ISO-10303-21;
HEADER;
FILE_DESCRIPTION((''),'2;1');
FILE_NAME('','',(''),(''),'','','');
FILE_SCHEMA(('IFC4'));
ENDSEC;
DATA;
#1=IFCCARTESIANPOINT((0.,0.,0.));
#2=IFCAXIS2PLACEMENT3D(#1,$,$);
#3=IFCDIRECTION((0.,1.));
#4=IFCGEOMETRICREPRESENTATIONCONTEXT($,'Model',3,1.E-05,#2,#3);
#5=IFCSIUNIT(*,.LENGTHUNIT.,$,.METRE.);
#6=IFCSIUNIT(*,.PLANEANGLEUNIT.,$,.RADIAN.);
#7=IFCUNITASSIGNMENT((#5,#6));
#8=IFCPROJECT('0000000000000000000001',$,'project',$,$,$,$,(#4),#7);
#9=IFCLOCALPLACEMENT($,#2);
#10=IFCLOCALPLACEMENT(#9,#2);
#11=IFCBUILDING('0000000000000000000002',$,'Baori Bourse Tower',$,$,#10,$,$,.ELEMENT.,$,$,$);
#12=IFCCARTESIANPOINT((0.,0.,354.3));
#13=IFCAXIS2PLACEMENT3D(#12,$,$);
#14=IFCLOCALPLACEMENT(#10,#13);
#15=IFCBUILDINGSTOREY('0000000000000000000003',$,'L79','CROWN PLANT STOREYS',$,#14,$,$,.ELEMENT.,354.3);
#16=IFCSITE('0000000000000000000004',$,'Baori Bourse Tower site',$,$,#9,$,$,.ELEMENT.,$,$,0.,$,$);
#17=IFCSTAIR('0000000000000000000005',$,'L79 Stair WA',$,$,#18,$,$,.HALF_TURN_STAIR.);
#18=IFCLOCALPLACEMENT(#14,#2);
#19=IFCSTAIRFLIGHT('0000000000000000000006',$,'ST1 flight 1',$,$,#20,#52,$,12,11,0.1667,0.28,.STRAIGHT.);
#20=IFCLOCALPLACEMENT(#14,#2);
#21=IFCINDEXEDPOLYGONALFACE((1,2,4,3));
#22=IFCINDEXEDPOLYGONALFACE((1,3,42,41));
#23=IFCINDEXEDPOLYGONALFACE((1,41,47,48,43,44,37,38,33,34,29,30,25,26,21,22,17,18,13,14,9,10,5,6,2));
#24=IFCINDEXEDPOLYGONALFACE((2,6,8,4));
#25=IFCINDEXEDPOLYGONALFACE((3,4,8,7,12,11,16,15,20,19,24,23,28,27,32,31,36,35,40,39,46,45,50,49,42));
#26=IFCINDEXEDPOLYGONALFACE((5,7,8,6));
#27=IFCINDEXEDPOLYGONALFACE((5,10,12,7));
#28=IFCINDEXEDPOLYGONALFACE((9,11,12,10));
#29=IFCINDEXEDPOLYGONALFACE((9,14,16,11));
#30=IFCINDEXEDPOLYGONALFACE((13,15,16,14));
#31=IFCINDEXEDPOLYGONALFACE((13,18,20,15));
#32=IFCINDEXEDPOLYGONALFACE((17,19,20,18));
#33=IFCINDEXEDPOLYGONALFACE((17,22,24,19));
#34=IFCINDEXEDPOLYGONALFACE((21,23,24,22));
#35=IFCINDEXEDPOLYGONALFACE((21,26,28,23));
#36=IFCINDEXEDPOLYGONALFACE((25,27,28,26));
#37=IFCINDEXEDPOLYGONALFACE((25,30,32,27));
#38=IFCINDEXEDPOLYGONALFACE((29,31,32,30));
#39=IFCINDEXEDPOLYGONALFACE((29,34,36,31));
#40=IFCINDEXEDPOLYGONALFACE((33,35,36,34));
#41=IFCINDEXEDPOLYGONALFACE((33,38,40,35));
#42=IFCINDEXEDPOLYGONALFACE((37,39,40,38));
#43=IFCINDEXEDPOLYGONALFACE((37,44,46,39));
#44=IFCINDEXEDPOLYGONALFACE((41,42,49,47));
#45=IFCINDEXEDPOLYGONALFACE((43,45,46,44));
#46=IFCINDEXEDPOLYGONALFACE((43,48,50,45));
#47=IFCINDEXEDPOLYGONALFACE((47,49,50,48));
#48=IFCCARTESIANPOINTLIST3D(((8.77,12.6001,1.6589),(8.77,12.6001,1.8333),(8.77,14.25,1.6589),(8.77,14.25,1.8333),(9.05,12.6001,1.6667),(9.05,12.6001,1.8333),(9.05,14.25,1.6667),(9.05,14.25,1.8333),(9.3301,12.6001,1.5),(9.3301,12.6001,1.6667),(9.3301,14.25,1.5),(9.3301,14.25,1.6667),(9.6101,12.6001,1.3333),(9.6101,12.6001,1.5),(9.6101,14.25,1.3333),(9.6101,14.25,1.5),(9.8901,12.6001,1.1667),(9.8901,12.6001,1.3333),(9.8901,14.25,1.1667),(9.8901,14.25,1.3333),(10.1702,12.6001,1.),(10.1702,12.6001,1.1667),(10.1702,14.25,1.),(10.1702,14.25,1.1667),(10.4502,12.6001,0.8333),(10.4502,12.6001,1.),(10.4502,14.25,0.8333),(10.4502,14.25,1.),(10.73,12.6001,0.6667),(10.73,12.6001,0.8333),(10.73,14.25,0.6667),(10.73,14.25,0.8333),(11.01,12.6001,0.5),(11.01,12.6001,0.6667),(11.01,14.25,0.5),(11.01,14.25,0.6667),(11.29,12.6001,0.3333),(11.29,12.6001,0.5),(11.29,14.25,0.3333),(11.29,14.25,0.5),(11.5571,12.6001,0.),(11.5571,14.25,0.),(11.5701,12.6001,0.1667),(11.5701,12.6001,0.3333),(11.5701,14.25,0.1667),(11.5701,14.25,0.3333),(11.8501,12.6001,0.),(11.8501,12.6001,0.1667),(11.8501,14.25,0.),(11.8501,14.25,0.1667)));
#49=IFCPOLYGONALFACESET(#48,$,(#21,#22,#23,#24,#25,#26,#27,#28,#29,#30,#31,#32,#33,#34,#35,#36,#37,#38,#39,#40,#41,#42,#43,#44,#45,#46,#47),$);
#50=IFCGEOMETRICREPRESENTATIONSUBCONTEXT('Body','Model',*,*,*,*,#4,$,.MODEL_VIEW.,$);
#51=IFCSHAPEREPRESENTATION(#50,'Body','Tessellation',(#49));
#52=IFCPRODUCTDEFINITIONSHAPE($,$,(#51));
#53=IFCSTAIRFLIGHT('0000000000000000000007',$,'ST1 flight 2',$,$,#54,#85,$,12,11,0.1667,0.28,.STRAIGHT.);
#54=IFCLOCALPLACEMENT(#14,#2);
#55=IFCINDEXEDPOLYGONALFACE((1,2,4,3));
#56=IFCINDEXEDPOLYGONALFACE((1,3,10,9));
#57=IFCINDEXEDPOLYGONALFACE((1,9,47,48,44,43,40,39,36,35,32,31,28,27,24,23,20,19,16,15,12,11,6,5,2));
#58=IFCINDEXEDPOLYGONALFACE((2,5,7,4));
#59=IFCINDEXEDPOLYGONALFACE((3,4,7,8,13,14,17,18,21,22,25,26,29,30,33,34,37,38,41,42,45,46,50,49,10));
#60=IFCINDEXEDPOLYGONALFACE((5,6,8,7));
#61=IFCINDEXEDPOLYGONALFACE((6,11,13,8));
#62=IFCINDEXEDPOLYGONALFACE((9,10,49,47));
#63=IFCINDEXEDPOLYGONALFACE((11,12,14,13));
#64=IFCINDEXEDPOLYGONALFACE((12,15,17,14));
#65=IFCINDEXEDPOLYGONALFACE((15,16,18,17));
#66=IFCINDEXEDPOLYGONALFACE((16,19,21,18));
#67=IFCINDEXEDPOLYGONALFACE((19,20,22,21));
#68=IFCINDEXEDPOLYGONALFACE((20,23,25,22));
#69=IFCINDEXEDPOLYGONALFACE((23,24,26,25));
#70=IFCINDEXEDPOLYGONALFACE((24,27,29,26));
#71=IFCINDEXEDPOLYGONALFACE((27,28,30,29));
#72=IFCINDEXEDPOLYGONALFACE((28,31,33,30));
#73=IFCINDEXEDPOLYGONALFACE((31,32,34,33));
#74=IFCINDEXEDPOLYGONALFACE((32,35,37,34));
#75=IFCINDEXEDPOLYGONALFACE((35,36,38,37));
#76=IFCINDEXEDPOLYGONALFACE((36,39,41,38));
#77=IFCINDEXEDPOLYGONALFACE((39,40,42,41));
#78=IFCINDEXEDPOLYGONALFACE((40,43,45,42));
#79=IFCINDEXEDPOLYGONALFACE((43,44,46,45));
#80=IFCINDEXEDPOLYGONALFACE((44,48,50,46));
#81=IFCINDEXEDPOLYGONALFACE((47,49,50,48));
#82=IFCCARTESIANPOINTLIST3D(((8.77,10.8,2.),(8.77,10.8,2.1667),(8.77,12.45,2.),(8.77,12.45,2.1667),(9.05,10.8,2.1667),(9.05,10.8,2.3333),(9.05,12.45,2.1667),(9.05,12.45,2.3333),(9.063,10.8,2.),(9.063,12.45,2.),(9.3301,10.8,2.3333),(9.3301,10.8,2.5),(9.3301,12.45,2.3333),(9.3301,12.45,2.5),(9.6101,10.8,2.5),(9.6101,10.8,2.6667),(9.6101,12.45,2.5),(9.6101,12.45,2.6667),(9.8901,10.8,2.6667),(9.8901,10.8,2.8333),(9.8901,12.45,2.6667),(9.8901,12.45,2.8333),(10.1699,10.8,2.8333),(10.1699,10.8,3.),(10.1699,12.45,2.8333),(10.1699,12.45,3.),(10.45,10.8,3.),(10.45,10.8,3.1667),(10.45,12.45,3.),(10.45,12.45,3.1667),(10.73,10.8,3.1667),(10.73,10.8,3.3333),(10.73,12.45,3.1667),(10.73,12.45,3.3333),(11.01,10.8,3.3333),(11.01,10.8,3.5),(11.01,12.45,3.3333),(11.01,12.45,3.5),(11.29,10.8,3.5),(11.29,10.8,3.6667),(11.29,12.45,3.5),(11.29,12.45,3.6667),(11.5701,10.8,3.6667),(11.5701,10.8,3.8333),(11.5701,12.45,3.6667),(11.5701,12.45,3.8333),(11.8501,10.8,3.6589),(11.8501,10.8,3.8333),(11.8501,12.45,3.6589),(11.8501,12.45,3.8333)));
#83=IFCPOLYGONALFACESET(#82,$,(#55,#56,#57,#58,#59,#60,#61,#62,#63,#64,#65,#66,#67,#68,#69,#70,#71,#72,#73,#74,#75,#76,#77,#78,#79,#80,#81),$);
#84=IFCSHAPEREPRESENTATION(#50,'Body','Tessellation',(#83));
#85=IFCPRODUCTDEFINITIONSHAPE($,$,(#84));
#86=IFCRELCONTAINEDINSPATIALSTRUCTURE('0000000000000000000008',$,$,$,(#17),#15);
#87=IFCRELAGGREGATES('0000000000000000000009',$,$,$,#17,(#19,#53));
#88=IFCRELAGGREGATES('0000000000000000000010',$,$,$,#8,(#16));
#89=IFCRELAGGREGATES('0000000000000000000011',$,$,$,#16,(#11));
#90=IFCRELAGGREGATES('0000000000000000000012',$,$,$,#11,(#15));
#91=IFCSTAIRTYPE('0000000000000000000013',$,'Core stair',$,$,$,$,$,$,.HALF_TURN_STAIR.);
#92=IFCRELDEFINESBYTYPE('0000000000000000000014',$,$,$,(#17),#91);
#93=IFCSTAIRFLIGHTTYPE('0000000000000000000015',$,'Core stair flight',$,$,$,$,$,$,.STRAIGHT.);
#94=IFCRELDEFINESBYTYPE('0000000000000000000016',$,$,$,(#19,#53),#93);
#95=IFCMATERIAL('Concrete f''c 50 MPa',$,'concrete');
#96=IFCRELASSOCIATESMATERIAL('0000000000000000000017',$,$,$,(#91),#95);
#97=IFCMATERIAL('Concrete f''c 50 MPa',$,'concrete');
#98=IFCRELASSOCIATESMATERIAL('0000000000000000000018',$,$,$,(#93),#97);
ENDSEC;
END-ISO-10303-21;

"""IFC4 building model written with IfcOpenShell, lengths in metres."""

from ifc_helpers import new_model, si_unit, direction, frame, origin, place, context, subcontext, project, spatial, polyline, outline, extrude, material, type_object, element, aggregate, save


model = new_model("IFC4")

# Units and contexts
model_context = context("Model", 3, precision=1e-05, world=origin(), true_north=direction((0.0, 1.0)))
body_context = subcontext(model_context, "Body", "Model", "MODEL_VIEW")
ifc_project = project(units=[si_unit("LENGTHUNIT", "METRE"), si_unit("PLANEANGLEUNIT", "RADIAN")], contexts=[model_context])

# Site, building, storey
site_placement = place(None, origin())
site = spatial("IfcSite", under=ifc_project, at=site_placement, Name="Baori Bourse Tower site", CompositionType="ELEMENT", RefElevation=0.0)
building_placement = place(site_placement, origin())
building = spatial("IfcBuilding", under=site, at=building_placement, Name="Baori Bourse Tower", CompositionType="ELEMENT")
storey_placement = place(building_placement, frame((0.0, 0.0, 354.3)))
storey = spatial("IfcBuildingStorey", under=building, at=storey_placement, Name="L79", Description="CROWN PLANT STOREYS", CompositionType="ELEMENT", Elevation=354.3)

# Stair
ifc_material_1 = material(Name="Concrete f'c 50 MPa", Category="concrete")
stair_type = type_object("IfcStairType", Name="Core stair", PredefinedType="HALF_TURN_STAIR", material=ifc_material_1)
stair_1_placement = place(storey_placement, origin())
stair_1 = element("IfcStair", 1, at=stair_1_placement, inside=storey, type_object=stair_type, Name="L79 Stair WA", PredefinedType="HALF_TURN_STAIR")

# Stair flights
ifc_material_2 = material(Name="Concrete f'c 50 MPa", Category="concrete")
stair_flight_type = type_object("IfcStairFlightType", Name="Core stair flight", PredefinedType="STRAIGHT", material=ifc_material_2)
stair_flight_1_placement = place(storey_placement, frame((11.8501, 13.425, 0.0), z_axis=(0.0, 0.0, 1.0), x_axis=(-1.0, 0.0, 0.0)))
stair_flight_1 = element("IfcStairFlight", 2, at=stair_flight_1_placement, type_object=stair_flight_type, Name="ST1 flight 1", NumberOfRisers=12, NumberOfTreads=11, PredefinedType="STRAIGHT", RiserHeight=0.1667, TreadLength=0.28, context=body_context, shape_type="SweptSolid", body=[
    extrude(outline(polyline([(0.0, 0.0), (0.0, 0.1667), (0.28, 0.1667), (0.28, 0.3333), (0.5601, 0.3333), (0.5601, 0.5), (0.8401, 0.5), (0.8401, 0.6667), (1.1201, 0.6667), (1.1201, 0.8333), (1.3999, 0.8333), (1.3999, 1.0), (1.6799, 1.0), (1.6799, 1.1667), (1.96, 1.1667), (1.96, 1.3333), (2.24, 1.3333), (2.24, 1.5), (2.52, 1.5), (2.52, 1.6667), (2.8, 1.6667), (2.8, 1.8333), (3.0801, 1.8333), (3.0801, 2.0), (3.0801, 1.6589), (0.293, 0.0), (0.0, 0.0)])), frame((0.0, 0.825, 0.0), z_axis=(0.0, -1.0, 0.0), x_axis=(1.0, 0.0, 0.0)), (0.0, 0.0, 1.0), 1.6499),
])
stair_flight_2_placement = place(storey_placement, frame((8.77, 11.625, 2.0), z_axis=(0.0, 0.0, 1.0), x_axis=(1.0, 0.0, 0.0)))
stair_flight_2 = element("IfcStairFlight", 3, at=stair_flight_2_placement, type_object=stair_flight_type, Name="ST1 flight 2", NumberOfRisers=12, NumberOfTreads=11, PredefinedType="STRAIGHT", RiserHeight=0.1667, TreadLength=0.28, context=body_context, shape_type="SweptSolid", body=[
    extrude(outline(polyline([(0.0, 0.0), (0.0, 0.1667), (0.28, 0.1667), (0.28, 0.3333), (0.5601, 0.3333), (0.5601, 0.5), (0.8401, 0.5), (0.8401, 0.6667), (1.1201, 0.6667), (1.1201, 0.8333), (1.3999, 0.8333), (1.3999, 1.0), (1.6799, 1.0), (1.6799, 1.1667), (1.96, 1.1667), (1.96, 1.3333), (2.24, 1.3333), (2.24, 1.5), (2.52, 1.5), (2.52, 1.6667), (2.8, 1.6667), (2.8, 1.8333), (3.0801, 1.8333), (3.0801, 2.0), (3.0801, 1.6589), (0.293, 0.0), (0.0, 0.0)])), frame((0.0, 0.825, 0.0), z_axis=(0.0, -1.0, 0.0), x_axis=(1.0, 0.0, 0.0)), (0.0, 0.0, 1.0), 1.6499),
])
aggregate(stair_1, [stair_flight_1, stair_flight_2])

save(model, "model.ifc")
